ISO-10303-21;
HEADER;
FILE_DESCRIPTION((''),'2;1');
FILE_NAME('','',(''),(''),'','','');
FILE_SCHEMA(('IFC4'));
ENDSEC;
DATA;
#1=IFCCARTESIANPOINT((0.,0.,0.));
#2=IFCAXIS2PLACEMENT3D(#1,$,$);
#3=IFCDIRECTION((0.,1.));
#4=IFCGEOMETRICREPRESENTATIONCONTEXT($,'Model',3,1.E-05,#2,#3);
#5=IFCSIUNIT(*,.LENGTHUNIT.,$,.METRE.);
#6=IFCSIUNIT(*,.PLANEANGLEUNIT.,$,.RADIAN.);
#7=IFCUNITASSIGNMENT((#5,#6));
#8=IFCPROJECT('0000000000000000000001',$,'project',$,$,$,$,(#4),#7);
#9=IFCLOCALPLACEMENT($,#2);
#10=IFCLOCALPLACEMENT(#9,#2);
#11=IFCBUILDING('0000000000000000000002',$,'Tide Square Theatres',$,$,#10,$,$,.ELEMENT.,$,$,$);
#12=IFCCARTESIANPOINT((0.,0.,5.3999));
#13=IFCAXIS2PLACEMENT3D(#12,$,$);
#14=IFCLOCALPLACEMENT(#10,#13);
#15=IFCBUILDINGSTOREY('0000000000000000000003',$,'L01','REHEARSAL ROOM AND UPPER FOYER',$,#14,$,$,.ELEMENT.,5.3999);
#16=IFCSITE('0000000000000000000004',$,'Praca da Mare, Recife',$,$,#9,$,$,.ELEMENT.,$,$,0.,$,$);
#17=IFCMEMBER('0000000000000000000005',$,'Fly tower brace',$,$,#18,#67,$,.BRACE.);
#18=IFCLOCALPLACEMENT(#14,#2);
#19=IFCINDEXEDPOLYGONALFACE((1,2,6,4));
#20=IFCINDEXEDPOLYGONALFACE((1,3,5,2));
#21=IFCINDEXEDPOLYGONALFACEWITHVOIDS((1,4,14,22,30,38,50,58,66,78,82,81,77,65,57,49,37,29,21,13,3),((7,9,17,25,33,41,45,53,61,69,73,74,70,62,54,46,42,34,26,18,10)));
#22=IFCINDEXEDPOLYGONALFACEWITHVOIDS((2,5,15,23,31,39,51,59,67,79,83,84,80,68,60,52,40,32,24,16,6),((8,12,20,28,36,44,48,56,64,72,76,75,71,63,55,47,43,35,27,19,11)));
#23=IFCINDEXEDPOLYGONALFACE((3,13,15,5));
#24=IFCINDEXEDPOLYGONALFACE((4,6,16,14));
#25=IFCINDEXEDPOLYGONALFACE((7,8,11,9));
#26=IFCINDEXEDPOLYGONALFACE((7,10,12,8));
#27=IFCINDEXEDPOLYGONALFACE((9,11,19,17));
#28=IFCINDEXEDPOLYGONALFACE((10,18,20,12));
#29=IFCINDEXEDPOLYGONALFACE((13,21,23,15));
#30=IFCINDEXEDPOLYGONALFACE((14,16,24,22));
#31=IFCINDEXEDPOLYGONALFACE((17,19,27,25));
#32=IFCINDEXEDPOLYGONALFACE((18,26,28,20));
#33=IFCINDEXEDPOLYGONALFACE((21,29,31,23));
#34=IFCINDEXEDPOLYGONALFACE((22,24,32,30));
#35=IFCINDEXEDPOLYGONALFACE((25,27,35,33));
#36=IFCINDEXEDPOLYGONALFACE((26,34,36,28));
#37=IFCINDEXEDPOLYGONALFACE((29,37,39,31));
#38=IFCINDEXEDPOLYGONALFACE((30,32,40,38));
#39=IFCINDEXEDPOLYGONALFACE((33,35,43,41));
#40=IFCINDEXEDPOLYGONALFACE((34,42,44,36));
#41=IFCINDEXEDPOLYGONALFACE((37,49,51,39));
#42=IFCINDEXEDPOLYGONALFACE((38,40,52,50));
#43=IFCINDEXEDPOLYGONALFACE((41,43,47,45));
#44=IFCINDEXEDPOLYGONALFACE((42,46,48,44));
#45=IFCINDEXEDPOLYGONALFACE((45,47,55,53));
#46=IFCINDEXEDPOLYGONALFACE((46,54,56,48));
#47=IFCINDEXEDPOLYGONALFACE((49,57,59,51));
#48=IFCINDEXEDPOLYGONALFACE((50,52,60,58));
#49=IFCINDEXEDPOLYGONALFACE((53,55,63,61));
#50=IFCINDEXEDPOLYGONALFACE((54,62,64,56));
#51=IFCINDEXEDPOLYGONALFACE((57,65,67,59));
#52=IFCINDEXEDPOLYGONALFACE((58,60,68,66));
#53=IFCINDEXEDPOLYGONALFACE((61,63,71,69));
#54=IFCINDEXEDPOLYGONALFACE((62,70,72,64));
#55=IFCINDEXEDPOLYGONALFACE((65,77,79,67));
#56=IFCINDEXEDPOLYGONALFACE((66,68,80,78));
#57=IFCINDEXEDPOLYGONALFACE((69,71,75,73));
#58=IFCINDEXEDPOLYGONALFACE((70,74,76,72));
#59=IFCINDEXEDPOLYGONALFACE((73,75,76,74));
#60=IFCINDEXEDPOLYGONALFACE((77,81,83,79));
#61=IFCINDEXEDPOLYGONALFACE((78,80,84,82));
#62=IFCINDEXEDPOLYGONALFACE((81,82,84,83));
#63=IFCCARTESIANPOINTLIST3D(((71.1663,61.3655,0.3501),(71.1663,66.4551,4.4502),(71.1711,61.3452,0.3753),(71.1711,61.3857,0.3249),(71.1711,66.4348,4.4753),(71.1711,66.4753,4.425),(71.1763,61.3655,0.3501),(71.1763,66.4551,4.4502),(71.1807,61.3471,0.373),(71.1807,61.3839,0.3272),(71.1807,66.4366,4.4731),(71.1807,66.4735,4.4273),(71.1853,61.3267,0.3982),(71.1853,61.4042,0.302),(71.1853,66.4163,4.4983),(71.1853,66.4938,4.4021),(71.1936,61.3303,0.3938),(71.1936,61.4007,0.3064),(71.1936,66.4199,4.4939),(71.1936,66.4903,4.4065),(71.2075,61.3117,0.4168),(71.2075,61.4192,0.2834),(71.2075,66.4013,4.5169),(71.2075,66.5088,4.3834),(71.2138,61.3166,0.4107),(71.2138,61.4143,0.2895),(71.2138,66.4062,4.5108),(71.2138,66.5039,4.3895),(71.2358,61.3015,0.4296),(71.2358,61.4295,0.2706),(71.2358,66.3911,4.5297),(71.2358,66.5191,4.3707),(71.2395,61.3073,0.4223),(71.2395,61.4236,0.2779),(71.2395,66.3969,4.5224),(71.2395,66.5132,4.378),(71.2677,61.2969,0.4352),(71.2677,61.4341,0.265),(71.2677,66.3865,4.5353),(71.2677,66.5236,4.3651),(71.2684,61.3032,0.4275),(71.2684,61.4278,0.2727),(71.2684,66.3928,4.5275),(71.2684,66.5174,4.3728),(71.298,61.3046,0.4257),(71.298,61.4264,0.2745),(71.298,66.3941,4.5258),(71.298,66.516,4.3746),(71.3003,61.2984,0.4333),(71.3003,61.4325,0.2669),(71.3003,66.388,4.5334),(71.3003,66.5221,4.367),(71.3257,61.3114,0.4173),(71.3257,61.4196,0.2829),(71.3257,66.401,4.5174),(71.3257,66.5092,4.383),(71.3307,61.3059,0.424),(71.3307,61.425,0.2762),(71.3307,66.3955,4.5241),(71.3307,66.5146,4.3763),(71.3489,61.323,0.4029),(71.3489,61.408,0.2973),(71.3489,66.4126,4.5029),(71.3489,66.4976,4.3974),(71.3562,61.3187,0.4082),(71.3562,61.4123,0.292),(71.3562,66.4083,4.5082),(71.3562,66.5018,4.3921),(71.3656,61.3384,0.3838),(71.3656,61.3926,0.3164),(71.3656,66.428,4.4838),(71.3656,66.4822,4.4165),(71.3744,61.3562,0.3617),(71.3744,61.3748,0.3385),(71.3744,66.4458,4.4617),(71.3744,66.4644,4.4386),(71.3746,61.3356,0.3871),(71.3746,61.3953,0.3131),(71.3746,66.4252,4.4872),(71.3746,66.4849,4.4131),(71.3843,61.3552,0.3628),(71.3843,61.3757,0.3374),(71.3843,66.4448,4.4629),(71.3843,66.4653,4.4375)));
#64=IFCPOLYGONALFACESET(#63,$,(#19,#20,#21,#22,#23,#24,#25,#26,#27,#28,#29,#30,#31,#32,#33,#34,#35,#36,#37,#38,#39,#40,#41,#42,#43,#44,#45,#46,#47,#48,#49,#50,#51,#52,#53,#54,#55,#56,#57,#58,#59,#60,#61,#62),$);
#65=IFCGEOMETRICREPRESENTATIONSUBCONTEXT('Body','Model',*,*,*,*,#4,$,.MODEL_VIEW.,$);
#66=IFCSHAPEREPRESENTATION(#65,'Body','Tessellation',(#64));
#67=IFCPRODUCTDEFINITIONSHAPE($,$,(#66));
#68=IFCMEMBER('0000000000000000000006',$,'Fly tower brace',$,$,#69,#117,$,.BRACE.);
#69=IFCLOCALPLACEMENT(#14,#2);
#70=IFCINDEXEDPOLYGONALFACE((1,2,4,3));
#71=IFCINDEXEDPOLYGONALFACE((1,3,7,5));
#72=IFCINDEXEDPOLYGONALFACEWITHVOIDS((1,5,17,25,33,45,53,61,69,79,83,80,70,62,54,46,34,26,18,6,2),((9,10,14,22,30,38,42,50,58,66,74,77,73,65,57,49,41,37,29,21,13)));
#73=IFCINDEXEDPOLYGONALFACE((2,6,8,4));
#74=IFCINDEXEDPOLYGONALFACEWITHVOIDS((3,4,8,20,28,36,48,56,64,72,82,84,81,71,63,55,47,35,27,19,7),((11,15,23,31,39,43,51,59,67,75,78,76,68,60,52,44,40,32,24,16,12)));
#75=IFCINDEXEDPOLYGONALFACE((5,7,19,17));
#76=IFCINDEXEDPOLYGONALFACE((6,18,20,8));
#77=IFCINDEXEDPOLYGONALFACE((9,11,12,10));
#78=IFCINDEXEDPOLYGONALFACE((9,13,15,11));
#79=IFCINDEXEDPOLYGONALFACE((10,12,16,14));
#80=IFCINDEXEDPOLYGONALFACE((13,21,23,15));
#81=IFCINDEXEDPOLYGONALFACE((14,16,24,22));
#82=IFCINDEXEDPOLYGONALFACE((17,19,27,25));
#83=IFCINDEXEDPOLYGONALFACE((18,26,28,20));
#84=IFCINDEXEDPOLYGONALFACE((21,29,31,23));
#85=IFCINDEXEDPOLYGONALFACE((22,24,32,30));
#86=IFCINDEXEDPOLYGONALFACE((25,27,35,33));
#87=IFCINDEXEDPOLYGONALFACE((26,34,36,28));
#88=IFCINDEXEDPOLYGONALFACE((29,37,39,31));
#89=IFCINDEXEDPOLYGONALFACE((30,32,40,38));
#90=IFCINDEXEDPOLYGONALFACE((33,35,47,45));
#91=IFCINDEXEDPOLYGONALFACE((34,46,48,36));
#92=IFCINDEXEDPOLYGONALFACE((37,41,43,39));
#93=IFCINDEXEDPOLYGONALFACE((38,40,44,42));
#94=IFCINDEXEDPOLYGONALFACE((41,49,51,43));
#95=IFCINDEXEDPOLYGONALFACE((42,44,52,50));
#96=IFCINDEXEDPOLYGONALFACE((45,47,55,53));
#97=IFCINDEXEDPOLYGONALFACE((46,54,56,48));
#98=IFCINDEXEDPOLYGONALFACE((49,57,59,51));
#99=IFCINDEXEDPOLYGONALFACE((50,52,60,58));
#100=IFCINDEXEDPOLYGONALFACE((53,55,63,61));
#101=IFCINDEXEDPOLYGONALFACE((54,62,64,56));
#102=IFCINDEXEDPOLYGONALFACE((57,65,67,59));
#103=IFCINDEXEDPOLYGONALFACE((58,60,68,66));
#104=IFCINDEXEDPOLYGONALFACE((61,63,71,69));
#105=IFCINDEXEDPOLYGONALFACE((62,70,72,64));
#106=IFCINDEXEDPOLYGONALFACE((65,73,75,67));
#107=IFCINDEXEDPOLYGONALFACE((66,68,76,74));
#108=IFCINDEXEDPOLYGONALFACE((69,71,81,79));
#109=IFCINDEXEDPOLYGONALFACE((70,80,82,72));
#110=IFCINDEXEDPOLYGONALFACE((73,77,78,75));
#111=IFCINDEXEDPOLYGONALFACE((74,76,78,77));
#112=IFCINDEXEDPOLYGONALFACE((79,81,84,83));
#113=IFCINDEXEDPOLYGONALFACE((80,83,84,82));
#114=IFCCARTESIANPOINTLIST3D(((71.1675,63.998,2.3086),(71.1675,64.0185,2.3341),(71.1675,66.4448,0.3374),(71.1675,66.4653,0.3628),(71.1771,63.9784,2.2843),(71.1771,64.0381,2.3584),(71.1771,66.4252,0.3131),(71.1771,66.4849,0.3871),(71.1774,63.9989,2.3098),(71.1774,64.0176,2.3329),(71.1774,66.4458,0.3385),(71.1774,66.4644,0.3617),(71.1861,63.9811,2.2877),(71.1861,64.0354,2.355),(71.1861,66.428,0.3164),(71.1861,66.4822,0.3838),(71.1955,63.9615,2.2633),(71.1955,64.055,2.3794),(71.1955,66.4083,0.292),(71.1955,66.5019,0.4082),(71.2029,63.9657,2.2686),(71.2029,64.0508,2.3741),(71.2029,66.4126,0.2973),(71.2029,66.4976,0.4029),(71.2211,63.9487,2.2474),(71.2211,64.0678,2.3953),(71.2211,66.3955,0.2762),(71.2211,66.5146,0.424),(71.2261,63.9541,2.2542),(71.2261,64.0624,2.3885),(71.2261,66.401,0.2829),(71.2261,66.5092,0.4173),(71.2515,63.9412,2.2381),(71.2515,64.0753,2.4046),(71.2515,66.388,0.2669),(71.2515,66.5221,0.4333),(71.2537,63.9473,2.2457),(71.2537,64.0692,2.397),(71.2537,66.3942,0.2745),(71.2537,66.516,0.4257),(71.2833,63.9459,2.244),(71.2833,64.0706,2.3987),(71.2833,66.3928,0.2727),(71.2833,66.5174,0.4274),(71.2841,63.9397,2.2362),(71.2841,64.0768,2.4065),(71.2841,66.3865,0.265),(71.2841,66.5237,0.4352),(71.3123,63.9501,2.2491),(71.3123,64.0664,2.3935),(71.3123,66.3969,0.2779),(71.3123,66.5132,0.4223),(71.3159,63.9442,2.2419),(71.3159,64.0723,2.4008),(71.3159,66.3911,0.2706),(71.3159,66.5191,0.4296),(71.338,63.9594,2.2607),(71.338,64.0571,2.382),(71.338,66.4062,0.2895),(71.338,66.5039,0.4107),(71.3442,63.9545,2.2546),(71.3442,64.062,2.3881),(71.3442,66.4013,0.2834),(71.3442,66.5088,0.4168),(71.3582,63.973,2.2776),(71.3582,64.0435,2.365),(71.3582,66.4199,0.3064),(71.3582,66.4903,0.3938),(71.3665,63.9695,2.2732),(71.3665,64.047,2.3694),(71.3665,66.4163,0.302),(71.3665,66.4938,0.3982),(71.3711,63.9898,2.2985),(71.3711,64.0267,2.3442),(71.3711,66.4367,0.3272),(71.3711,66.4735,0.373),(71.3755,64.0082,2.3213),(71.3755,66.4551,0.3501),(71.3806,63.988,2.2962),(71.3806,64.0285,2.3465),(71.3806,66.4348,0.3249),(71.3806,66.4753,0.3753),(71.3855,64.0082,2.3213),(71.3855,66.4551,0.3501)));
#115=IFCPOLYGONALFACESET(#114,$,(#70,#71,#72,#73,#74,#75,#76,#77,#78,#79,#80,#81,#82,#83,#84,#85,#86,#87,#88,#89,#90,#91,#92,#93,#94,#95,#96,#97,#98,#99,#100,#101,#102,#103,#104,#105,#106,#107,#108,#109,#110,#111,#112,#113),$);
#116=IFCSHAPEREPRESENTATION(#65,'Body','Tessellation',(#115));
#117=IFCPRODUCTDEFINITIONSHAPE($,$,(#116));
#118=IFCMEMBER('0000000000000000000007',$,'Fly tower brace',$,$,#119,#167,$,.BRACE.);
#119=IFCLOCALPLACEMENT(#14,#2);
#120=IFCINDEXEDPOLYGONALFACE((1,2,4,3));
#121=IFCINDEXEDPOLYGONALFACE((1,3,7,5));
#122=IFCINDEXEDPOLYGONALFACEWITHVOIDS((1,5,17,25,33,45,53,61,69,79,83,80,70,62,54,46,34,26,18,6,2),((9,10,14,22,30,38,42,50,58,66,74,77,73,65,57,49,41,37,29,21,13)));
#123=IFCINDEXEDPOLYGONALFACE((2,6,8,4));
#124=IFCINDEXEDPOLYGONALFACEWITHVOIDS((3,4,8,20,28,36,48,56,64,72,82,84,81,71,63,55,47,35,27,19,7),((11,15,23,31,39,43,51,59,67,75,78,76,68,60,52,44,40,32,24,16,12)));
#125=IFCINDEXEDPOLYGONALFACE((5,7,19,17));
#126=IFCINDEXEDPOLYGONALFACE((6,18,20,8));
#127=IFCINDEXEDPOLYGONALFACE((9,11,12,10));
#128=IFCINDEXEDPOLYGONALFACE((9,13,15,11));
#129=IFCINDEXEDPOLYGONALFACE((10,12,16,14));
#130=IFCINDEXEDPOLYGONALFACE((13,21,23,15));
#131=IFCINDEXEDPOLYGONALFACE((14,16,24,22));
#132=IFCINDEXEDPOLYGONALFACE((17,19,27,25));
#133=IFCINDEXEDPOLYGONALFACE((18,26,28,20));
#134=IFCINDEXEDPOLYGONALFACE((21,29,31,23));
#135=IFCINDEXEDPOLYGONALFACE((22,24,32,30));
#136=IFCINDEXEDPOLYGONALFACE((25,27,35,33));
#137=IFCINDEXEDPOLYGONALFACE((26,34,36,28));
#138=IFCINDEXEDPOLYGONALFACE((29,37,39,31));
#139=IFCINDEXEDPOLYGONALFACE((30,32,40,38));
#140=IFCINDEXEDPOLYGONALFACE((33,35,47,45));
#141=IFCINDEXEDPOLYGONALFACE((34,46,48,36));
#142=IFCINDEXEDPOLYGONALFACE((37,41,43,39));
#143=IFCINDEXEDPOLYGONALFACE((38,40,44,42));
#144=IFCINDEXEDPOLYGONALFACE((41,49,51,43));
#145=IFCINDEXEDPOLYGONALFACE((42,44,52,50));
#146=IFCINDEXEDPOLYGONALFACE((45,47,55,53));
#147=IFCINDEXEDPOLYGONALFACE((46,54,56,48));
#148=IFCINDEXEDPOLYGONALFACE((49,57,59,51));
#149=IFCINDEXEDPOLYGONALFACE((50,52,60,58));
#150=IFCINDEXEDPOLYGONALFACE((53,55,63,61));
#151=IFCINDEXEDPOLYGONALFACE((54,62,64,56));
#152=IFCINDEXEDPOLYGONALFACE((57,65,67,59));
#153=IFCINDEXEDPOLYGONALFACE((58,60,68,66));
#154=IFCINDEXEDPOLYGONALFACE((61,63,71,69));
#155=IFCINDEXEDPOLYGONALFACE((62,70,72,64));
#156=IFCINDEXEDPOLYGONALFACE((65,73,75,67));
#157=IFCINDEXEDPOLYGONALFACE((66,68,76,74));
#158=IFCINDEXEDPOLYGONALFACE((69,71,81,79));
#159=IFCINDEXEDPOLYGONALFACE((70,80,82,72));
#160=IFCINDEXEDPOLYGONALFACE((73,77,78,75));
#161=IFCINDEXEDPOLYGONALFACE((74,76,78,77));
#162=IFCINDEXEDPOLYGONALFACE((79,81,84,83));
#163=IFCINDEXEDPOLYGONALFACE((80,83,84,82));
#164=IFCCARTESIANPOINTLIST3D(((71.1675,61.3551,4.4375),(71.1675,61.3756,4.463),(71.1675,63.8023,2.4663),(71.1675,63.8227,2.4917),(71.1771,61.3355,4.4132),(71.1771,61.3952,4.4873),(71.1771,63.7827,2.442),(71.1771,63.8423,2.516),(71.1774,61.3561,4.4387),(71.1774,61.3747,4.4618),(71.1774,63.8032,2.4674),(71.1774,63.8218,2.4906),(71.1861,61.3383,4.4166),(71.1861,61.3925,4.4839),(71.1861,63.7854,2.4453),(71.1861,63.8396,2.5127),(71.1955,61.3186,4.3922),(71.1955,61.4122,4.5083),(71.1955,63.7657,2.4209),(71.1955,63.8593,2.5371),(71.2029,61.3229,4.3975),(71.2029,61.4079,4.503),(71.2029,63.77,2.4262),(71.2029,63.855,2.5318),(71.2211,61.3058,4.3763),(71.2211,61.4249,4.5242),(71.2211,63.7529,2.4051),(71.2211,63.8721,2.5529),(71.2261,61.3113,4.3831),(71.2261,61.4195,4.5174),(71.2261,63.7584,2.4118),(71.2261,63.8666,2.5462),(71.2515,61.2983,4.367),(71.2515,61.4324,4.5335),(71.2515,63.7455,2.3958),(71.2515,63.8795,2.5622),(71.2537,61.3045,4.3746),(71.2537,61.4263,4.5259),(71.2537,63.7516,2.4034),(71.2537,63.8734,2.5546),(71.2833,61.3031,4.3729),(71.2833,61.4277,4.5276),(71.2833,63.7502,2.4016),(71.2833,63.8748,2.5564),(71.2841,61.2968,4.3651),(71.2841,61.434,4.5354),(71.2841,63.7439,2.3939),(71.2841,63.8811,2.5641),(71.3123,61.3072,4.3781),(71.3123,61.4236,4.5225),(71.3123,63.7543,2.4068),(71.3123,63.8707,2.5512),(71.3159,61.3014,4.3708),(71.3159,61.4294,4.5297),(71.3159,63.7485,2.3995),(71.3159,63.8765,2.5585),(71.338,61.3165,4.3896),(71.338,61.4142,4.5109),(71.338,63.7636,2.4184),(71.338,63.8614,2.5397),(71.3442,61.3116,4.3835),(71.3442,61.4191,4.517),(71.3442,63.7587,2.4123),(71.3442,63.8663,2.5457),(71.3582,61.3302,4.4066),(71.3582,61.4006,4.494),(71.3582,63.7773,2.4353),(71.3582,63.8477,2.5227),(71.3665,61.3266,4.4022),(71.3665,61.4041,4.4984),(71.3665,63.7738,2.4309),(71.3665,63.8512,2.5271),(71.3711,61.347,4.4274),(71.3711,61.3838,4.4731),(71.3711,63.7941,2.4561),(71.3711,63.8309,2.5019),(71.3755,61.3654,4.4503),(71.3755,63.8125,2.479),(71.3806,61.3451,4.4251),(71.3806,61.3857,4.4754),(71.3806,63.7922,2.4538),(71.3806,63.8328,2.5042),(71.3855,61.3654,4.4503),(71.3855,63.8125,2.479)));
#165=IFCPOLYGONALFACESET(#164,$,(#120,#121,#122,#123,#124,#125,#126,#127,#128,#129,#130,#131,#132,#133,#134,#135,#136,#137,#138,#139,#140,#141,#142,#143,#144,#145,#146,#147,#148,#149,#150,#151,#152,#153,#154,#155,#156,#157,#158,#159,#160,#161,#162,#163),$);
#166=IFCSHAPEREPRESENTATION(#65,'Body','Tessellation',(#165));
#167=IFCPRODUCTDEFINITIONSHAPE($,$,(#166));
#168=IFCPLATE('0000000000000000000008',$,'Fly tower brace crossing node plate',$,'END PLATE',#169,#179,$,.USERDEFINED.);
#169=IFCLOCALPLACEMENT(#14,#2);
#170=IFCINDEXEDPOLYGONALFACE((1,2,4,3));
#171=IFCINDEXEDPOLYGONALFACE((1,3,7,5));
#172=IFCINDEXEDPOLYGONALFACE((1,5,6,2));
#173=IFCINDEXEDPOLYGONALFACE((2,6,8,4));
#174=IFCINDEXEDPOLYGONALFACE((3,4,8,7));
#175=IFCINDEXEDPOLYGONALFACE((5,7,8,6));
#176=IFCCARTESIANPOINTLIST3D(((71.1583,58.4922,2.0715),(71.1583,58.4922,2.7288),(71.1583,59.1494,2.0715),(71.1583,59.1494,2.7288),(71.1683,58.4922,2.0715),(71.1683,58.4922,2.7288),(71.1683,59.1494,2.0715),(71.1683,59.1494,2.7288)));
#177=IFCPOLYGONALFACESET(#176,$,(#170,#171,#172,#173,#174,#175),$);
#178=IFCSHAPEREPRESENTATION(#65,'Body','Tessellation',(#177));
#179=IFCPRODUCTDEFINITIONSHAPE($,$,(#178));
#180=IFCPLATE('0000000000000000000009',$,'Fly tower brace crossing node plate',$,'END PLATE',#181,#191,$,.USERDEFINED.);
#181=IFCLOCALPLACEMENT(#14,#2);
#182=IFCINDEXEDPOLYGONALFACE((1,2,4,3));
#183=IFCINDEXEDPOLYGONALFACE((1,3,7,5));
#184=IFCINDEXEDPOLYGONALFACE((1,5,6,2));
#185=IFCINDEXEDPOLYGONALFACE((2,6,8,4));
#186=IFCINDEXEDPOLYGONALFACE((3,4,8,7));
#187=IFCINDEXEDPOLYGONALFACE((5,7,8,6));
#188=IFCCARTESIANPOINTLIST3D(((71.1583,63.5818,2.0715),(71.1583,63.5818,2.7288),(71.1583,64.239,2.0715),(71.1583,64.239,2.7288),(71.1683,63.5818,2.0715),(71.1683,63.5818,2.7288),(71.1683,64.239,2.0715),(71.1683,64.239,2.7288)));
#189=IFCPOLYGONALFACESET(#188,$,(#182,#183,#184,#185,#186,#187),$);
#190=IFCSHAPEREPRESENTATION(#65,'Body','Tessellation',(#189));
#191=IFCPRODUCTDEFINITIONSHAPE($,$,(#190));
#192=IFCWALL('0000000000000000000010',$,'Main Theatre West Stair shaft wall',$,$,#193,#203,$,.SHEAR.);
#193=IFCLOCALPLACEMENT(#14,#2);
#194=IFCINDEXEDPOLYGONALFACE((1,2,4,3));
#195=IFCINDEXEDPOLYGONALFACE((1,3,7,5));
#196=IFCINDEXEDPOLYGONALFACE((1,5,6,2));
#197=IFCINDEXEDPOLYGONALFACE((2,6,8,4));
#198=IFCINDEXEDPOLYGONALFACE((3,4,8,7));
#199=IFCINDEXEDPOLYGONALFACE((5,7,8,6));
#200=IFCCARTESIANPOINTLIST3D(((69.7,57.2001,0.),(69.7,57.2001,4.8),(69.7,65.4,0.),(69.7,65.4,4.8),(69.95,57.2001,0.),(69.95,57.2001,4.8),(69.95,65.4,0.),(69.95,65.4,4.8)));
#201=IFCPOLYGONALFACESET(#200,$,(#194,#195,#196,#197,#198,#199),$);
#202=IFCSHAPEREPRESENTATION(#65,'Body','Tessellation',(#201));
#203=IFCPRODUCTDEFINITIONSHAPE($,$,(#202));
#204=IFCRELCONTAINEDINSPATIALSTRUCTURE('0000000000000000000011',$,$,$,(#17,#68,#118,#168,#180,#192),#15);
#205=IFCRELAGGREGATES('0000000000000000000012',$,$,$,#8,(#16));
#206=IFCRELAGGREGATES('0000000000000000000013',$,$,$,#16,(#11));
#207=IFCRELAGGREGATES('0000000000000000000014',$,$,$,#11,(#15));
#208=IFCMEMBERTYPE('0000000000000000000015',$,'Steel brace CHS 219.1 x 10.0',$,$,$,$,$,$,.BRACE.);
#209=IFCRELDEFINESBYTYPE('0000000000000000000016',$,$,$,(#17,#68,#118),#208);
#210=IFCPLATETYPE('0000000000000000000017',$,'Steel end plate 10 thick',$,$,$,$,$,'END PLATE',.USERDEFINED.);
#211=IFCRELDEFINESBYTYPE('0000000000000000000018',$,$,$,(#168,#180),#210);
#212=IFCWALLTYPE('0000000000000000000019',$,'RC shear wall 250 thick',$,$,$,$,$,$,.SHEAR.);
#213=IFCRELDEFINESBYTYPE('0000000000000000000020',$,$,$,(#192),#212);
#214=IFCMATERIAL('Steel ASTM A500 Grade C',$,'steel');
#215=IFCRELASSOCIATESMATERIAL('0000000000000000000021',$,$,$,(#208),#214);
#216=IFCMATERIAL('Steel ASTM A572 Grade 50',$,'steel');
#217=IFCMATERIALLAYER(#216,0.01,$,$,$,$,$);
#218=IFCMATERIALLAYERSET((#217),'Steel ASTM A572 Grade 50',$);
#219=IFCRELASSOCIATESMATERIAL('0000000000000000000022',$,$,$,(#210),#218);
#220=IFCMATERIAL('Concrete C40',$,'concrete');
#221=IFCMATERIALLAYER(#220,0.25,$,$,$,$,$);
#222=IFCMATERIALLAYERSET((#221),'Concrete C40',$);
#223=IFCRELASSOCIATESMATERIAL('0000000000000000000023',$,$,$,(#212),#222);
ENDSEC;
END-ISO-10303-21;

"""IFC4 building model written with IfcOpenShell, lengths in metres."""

from ifc_helpers import new_model, si_unit, direction, frame, frame_2d, origin, origin_2d, place, context, subcontext, project, spatial, rectangle, hollow_circle, extrude, material, layer, layer_set, material_profile, profile_set, type_object, element, save


model = new_model("IFC4")

# Units and contexts
model_context = context("Model", 3, precision=1e-05, world=origin(), true_north=direction((0.0, 1.0)))
body_context = subcontext(model_context, "Body", "Model", "MODEL_VIEW")
ifc_project = project(units=[si_unit("LENGTHUNIT", "METRE"), si_unit("PLANEANGLEUNIT", "RADIAN")], contexts=[model_context])

# Site, building, storey
site_placement = place(None, origin())
site = spatial("IfcSite", under=ifc_project, at=site_placement, Name="Praca da Mare, Recife", CompositionType="ELEMENT", RefElevation=0.0)
building_placement = place(site_placement, origin())
building = spatial("IfcBuilding", under=site, at=building_placement, Name="Tide Square Theatres", CompositionType="ELEMENT")
storey_placement = place(building_placement, frame((0.0, 0.0, 5.3999)))
storey = spatial("IfcBuildingStorey", under=building, at=storey_placement, Name="L01", Description="REHEARSAL ROOM AND UPPER FOYER", CompositionType="ELEMENT", Elevation=5.3999)

# Members
ifc_material_1 = material(Name="Steel ASTM A500 Grade C", Category="steel")
ifc_material_profile_1 = material_profile(ifc_material_1, hollow_circle(Radius=0.1096, WallThickness=0.01, at=origin_2d()))
ifc_profile_set_1 = profile_set([ifc_material_profile_1], Name="Steel ASTM A500 Grade C")
member_type = type_object("IfcMemberType", Name="Steel brace CHS 219.1 x 10.0", PredefinedType="BRACE", material=ifc_profile_set_1)
member_1_placement = place(storey_placement, frame((71.2759, 61.3655, 0.3501), z_axis=(0.0, 0.778743, 0.627343), x_axis=(-1.0, 0.0, 0.0)))
element("IfcMember", 1, at=member_1_placement, inside=storey, type_object=member_type, Name="Fly tower brace", PredefinedType="BRACE", context=body_context, shape_type="SweptSolid", body=[
    extrude(hollow_circle(Radius=0.1096, WallThickness=0.01, at=origin_2d()), origin(), (0.0, 0.0, 1.0), 6.5356),
])
member_2_placement = place(storey_placement, frame((71.2759, 66.4551, 0.3501), z_axis=(0.0, -0.778726, 0.627364), x_axis=(1.0, 0.0, 0.0)))
element("IfcMember", 2, at=member_2_placement, inside=storey, type_object=member_type, Name="Fly tower brace", PredefinedType="BRACE", context=body_context, shape_type="SweptSolid", body=[
    extrude(hollow_circle(Radius=0.1096, WallThickness=0.01, at=origin_2d()), origin(), (0.0, 0.0, 1.0), 3.1421),
])
member_3_placement = place(storey_placement, frame((71.2759, 63.8125, 2.479), z_axis=(0.0, -0.778757, 0.627326), x_axis=(1.0, 0.0, 0.0)))
element("IfcMember", 3, at=member_3_placement, inside=storey, type_object=member_type, Name="Fly tower brace", PredefinedType="BRACE", context=body_context, shape_type="SweptSolid", body=[
    extrude(hollow_circle(Radius=0.1096, WallThickness=0.01, at=origin_2d()), origin(), (0.0, 0.0, 1.0), 3.1423),
])

# Plates
ifc_material_2 = material(Name="Steel ASTM A572 Grade 50", Category="steel")
ifc_layer_1 = layer(ifc_material_2, 0.01)
ifc_layer_set_1 = layer_set([ifc_layer_1], Name="Steel ASTM A572 Grade 50")
plate_type = type_object("IfcPlateType", Name="Steel end plate 10 thick", ElementType="END PLATE", PredefinedType="USERDEFINED", material=ifc_layer_set_1)
for number, where, z_axis, x_axis, name in (
    (4, (71.1633, 58.8208, 2.0715), (0.0, 0.0, 1.0), (-1.0, 0.0, 0.0), "Fly tower brace crossing node plate"),
    (5, (71.1633, 63.9104, 2.0715), (0.0, 0.0, 1.0), (-1.0, 0.0, 0.0), "Fly tower brace crossing node plate"),
):
    element("IfcPlate", number, at=place(storey_placement, frame(where, z_axis=z_axis, x_axis=x_axis)), inside=storey, type_object=plate_type, Name=name, ObjectType="END PLATE", PredefinedType="USERDEFINED", context=body_context, shape_type="SweptSolid", body=[
        extrude(rectangle(XDim=0.01, YDim=0.6572, at=origin_2d()), origin(), (0.0, 0.0, 1.0), 0.6572),
    ])

# Wall
ifc_material_3 = material(Name="Concrete C40", Category="concrete")
ifc_layer_2 = layer(ifc_material_3, 0.25)
ifc_layer_set_2 = layer_set([ifc_layer_2], Name="Concrete C40")
wall_type = type_object("IfcWallType", Name="RC shear wall 250 thick", PredefinedType="SHEAR", material=ifc_layer_set_2)
wall_1_placement = place(storey_placement, frame((69.825, 57.2, 0.0), z_axis=(0.0, 0.0, 1.0), x_axis=(0.0, 1.0, 0.0)))
element("IfcWall", 6, at=wall_1_placement, inside=storey, type_object=wall_type, Name="Main Theatre West Stair shaft wall", PredefinedType="SHEAR", context=body_context, shape_type="SweptSolid", body=[
    extrude(rectangle(XDim=8.2, YDim=0.25, at=frame_2d((4.1001, 0.0))), origin(), (0.0, 0.0, 1.0), 4.8),
])

save(model, "model.ifc")
